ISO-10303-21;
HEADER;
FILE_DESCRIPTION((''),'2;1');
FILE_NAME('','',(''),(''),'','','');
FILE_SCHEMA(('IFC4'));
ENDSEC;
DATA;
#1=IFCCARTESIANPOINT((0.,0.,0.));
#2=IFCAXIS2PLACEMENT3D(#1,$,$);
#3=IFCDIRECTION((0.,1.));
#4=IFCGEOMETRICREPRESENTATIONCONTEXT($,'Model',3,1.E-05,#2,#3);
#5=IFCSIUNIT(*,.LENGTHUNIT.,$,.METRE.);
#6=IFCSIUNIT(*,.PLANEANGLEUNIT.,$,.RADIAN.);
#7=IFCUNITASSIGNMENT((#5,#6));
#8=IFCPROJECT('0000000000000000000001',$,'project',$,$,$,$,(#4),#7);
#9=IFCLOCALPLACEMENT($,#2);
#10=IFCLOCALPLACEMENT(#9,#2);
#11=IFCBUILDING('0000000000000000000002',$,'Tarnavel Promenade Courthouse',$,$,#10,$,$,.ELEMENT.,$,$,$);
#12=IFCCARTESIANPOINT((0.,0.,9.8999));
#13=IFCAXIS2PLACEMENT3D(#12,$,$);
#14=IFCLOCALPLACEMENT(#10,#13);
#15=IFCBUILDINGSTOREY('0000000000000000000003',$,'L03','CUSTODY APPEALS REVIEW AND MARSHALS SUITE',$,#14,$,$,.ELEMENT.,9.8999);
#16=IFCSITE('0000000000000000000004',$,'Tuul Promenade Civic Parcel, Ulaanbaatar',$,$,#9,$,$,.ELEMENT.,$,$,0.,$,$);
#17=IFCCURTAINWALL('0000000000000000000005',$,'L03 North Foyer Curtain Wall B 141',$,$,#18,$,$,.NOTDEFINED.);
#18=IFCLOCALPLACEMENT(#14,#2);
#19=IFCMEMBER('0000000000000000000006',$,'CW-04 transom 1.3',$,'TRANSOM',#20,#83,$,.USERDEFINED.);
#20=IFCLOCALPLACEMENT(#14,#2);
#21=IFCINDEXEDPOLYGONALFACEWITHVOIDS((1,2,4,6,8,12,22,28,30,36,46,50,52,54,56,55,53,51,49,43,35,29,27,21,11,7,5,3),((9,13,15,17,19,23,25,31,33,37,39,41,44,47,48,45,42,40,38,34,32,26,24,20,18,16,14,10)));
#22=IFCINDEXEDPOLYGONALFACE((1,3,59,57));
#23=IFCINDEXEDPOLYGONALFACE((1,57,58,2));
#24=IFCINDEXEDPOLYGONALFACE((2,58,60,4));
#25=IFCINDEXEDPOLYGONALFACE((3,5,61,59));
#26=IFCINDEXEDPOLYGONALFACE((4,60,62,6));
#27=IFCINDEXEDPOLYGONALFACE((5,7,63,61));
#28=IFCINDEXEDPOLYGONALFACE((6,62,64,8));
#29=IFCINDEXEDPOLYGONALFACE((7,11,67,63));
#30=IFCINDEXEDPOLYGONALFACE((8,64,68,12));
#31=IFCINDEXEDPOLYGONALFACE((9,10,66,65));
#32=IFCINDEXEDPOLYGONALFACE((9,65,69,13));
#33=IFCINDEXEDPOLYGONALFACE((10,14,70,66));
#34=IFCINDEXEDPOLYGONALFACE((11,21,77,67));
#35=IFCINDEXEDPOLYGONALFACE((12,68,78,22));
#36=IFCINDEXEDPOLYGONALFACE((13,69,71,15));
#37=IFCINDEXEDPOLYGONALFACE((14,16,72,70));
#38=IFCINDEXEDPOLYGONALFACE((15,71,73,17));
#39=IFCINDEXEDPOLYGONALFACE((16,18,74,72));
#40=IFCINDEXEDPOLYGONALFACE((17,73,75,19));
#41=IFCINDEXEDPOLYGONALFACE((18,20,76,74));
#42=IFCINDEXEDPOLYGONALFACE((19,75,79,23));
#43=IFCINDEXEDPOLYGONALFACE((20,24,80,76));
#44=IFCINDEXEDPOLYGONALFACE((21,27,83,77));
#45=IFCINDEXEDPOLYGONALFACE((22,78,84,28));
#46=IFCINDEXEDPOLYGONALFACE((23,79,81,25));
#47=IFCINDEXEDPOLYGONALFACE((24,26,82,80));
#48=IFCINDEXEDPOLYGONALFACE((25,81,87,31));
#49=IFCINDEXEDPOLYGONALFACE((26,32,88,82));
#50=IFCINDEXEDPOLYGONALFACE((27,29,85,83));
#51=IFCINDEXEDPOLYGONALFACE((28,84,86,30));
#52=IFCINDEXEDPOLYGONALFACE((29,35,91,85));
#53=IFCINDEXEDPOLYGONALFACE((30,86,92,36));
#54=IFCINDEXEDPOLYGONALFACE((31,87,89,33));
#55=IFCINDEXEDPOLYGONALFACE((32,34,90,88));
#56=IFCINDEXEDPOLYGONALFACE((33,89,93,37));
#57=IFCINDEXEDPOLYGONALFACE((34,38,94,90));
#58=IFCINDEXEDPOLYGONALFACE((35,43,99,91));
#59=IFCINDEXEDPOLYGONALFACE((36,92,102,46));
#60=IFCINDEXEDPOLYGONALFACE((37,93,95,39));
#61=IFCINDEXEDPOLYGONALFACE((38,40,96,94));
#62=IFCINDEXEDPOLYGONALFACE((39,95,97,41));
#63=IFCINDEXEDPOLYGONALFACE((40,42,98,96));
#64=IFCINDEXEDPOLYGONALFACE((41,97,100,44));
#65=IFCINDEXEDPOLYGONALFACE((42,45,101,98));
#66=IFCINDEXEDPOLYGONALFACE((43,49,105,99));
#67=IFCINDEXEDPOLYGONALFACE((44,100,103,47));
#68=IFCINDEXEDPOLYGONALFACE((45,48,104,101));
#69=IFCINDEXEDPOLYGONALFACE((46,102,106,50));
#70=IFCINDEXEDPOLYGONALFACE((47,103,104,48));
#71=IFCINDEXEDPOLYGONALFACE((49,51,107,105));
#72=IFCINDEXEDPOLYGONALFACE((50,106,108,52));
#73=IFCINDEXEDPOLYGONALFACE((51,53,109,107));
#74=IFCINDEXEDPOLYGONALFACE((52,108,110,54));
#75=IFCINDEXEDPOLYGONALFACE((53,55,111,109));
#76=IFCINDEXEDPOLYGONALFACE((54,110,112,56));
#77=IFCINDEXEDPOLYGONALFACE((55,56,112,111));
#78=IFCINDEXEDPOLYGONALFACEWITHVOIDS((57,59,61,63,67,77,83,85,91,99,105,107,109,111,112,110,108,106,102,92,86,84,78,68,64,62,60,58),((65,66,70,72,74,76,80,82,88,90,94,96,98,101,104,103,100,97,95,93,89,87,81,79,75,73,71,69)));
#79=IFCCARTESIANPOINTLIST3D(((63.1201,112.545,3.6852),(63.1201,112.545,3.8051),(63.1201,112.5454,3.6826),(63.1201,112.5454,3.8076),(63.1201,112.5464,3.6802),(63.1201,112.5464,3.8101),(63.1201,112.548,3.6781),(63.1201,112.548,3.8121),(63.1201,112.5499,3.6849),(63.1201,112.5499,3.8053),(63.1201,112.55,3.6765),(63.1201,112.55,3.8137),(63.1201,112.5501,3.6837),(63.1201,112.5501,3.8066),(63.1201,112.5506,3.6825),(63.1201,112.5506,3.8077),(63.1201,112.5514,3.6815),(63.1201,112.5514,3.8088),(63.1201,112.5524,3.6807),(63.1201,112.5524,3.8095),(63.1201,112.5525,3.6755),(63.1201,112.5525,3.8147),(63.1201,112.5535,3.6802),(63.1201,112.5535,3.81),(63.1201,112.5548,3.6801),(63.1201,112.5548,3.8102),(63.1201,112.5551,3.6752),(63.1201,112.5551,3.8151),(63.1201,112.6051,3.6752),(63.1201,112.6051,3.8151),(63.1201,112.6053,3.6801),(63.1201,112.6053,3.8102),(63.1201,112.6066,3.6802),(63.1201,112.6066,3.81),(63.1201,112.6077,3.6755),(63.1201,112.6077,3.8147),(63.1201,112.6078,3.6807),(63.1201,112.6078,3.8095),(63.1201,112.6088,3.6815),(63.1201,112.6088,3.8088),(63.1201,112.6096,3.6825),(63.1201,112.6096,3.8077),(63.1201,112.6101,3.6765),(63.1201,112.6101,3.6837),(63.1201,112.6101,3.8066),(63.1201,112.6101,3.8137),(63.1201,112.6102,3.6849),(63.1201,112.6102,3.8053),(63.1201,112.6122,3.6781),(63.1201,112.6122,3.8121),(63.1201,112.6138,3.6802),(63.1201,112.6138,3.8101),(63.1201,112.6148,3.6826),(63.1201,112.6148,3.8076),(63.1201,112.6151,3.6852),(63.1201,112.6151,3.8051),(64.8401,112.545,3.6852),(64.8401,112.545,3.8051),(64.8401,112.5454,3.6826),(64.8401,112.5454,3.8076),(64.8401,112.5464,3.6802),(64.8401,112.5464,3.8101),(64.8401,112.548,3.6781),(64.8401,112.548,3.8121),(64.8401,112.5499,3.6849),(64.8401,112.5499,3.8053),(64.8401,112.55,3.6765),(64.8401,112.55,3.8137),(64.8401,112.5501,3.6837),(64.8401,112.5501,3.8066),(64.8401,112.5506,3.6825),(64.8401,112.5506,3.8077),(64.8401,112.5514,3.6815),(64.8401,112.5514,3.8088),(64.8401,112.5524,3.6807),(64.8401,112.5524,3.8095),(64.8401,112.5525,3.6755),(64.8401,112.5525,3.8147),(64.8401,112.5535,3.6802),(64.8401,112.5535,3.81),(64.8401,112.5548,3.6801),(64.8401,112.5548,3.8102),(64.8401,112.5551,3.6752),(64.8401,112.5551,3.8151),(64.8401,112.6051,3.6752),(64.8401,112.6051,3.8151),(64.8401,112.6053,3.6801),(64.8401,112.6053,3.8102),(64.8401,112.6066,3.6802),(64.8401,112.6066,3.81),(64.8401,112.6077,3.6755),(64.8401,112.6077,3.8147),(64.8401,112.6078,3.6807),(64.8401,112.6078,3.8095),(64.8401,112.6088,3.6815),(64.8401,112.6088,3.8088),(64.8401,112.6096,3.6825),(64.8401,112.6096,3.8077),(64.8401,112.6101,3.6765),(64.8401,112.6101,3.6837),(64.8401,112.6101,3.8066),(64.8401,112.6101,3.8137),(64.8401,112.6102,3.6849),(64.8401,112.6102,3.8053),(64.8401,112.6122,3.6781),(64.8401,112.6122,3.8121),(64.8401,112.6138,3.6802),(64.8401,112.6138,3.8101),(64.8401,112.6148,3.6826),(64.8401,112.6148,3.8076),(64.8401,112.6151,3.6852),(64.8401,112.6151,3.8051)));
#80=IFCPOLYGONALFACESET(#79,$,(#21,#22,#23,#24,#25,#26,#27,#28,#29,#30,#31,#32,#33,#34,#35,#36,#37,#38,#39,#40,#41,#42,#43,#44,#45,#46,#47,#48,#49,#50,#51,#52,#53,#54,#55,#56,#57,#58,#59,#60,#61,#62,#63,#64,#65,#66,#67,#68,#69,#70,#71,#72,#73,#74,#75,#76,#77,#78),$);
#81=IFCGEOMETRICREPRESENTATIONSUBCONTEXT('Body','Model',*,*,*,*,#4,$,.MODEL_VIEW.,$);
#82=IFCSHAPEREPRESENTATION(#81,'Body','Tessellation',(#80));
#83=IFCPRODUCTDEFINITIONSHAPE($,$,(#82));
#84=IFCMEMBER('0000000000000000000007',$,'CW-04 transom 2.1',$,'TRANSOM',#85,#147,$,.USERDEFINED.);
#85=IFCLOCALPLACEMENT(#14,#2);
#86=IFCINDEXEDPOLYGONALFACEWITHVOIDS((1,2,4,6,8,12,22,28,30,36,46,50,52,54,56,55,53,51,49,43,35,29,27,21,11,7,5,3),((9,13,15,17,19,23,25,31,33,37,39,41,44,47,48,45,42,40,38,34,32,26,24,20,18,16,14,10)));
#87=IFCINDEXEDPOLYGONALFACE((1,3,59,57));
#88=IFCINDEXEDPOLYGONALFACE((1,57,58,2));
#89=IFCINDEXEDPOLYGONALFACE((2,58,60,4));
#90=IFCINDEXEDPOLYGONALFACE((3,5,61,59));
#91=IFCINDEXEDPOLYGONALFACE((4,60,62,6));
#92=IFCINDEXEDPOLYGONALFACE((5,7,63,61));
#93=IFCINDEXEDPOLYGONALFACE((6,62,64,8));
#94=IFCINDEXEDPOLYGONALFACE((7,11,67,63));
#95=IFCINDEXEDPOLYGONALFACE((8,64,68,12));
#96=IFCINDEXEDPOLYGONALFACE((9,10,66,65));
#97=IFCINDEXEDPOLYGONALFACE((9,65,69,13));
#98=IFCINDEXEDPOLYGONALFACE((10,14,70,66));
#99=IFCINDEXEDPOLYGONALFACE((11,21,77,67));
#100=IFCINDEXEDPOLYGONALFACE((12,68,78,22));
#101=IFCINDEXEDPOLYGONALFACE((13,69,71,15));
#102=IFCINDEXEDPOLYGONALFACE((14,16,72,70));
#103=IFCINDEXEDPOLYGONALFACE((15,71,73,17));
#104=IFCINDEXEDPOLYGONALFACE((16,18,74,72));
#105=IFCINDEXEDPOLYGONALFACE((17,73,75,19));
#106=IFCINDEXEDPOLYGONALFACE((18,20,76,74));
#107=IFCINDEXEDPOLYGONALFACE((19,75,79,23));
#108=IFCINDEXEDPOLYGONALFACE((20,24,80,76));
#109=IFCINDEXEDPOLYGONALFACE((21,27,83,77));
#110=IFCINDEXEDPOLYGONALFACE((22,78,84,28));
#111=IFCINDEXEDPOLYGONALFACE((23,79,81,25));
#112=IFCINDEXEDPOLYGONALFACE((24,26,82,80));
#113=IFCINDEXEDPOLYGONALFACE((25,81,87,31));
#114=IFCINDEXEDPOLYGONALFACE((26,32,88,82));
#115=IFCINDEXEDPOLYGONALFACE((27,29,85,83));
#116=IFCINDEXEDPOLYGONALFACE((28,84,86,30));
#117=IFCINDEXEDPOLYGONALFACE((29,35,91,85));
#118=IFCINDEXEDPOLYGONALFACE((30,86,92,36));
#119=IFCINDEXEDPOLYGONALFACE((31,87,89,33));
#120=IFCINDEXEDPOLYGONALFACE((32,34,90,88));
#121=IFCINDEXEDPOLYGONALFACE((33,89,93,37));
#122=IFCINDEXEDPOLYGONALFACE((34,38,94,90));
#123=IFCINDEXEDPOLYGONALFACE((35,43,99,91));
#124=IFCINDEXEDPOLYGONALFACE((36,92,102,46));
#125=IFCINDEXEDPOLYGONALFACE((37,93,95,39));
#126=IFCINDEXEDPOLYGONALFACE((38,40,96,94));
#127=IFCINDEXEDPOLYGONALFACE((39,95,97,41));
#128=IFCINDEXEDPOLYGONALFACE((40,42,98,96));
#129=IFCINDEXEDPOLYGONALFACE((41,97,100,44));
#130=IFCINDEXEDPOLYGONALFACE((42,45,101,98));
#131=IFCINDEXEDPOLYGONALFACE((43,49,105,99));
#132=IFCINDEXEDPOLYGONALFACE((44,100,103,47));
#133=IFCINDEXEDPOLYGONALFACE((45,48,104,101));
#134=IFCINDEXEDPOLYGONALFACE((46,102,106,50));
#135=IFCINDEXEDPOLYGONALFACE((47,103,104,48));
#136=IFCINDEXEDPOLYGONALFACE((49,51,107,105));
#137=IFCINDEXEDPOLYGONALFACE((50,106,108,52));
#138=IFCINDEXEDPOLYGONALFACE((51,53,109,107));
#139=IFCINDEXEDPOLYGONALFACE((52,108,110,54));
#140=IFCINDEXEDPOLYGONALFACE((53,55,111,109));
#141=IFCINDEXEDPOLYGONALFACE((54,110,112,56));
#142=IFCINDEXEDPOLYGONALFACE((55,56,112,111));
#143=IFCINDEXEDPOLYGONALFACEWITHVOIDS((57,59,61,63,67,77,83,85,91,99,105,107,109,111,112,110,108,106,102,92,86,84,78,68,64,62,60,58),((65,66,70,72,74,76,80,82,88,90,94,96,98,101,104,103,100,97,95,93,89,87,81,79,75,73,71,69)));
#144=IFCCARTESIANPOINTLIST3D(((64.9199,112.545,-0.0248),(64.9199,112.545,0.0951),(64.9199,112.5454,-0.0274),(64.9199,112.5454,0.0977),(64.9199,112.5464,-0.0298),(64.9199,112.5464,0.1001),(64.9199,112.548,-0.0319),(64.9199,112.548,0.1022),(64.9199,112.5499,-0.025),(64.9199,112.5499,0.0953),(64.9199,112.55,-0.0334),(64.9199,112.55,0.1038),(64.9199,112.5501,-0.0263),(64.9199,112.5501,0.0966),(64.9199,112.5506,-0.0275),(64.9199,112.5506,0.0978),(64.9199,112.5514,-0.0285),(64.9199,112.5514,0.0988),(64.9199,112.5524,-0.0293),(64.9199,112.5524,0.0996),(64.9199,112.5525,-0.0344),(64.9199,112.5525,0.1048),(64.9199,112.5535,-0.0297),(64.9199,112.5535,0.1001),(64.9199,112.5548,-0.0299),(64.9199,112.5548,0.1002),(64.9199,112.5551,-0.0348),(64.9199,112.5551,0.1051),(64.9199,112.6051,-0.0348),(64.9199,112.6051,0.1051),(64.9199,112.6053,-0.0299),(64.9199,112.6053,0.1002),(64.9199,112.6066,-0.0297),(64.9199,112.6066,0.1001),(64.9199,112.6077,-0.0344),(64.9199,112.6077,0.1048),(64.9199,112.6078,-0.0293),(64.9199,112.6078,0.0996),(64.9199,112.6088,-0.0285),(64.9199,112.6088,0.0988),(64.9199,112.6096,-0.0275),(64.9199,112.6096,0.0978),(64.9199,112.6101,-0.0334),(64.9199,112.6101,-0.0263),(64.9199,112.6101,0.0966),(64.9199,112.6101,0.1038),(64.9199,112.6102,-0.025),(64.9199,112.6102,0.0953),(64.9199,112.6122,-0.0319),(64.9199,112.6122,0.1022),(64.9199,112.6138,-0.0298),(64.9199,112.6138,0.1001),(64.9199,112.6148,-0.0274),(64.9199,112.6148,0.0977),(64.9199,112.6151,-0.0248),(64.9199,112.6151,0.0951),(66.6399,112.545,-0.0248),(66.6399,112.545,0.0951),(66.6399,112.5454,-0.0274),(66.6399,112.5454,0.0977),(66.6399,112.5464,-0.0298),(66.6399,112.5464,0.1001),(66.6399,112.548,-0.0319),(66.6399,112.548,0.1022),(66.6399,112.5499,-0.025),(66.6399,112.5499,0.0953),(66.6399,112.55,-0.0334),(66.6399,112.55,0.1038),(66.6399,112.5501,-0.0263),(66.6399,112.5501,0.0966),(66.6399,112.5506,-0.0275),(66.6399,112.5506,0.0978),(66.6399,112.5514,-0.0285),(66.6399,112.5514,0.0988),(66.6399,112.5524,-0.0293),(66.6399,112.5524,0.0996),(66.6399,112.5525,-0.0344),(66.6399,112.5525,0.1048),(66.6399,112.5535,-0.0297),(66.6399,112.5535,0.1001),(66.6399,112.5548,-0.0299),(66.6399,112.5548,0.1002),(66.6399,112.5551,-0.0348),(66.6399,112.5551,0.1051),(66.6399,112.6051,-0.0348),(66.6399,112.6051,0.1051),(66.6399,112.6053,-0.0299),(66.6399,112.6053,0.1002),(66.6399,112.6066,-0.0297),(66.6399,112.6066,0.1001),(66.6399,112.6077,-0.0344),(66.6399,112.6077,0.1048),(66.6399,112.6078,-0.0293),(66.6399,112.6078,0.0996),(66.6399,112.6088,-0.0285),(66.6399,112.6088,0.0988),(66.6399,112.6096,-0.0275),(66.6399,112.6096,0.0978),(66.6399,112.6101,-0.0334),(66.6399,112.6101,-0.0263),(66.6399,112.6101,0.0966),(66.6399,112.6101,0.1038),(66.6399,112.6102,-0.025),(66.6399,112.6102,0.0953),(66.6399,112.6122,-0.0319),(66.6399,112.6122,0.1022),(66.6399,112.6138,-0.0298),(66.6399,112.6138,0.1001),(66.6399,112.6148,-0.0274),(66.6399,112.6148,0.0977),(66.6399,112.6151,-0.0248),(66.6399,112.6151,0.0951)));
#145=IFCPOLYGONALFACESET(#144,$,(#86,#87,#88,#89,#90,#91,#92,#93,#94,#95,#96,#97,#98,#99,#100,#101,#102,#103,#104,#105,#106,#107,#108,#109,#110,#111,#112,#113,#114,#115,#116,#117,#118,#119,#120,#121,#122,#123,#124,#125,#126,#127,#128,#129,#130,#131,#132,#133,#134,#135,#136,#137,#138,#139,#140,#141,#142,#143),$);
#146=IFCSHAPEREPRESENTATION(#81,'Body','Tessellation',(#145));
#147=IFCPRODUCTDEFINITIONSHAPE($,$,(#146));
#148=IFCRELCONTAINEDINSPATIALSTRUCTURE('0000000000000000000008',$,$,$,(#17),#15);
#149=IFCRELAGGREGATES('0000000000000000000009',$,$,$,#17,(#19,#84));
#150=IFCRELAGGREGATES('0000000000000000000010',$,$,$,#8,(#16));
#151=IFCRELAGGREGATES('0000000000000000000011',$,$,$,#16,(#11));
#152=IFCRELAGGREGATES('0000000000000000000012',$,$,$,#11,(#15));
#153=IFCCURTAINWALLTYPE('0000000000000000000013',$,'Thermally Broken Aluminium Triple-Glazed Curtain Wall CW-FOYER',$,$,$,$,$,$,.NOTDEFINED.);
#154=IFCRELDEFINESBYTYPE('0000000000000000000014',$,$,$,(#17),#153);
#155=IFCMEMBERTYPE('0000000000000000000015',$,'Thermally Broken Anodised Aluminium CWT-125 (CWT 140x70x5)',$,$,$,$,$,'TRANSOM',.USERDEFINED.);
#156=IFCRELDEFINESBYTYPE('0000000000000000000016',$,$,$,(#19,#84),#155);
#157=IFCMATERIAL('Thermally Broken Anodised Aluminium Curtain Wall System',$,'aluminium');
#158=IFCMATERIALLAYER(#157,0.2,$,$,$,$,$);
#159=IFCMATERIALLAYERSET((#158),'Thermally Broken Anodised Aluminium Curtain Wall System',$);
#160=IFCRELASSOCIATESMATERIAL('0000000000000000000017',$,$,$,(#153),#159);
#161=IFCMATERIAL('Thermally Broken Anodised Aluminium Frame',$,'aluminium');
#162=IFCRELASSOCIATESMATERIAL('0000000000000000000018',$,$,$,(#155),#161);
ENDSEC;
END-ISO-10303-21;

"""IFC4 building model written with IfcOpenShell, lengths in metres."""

from ifc_helpers import new_model, si_unit, direction, frame, origin, origin_2d, place, context, subcontext, project, spatial, hollow_rectangle, extrude, material, layer, layer_set, material_profile, profile_set, type_object, element, aggregate, save


model = new_model("IFC4")

# Units and contexts
model_context = context("Model", 3, precision=1e-05, world=origin(), true_north=direction((0.0, 1.0)))
body_context = subcontext(model_context, "Body", "Model", "MODEL_VIEW")
ifc_project = project(units=[si_unit("LENGTHUNIT", "METRE"), si_unit("PLANEANGLEUNIT", "RADIAN")], contexts=[model_context])

# Site, building, storey
site_placement = place(None, origin())
site = spatial("IfcSite", under=ifc_project, at=site_placement, Name="Tuul Promenade Civic Parcel, Ulaanbaatar", CompositionType="ELEMENT", RefElevation=0.0)
building_placement = place(site_placement, origin())
building = spatial("IfcBuilding", under=site, at=building_placement, Name="Tarnavel Promenade Courthouse", CompositionType="ELEMENT")
storey_placement = place(building_placement, frame((0.0, 0.0, 9.8999)))
storey = spatial("IfcBuildingStorey", under=building, at=storey_placement, Name="L03", Description="CUSTODY APPEALS REVIEW AND MARSHALS SUITE", CompositionType="ELEMENT", Elevation=9.8999)

# Curtain wall
ifc_material_1 = material(Name="Thermally Broken Anodised Aluminium Curtain Wall System", Category="aluminium")
ifc_layer_1 = layer(ifc_material_1, 0.2)
ifc_layer_set_1 = layer_set([ifc_layer_1], Name="Thermally Broken Anodised Aluminium Curtain Wall System")
curtain_wall_type = type_object("IfcCurtainWallType", Name="Thermally Broken Aluminium Triple-Glazed Curtain Wall CW-FOYER", PredefinedType="NOTDEFINED", material=ifc_layer_set_1)
ifc_material_2 = material(Name="Thermally Broken Anodised Aluminium Frame", Category="aluminium")
curtain_wall_1_placement = place(storey_placement, origin())
curtain_wall_1 = element("IfcCurtainWall", 1, at=curtain_wall_1_placement, inside=storey, type_object=curtain_wall_type, Name="L03 North Foyer Curtain Wall B 141", PredefinedType="NOTDEFINED")

# Members
ifc_material_profile_1 = material_profile(ifc_material_2, hollow_rectangle(XDim=0.0701, YDim=0.1399, WallThickness=0.0049, InnerFilletRadius=0.0049, OuterFilletRadius=0.01, at=origin_2d()), Name="CWT 140x70x5")
ifc_profile_set_1 = profile_set([ifc_material_profile_1], Name="Thermally Broken Anodised Aluminium Frame")
member_type_1 = type_object("IfcMemberType", Name="Thermally Broken Anodised Aluminium CWT-125 (CWT 140x70x5)", ElementType="TRANSOM", PredefinedType="USERDEFINED", material=ifc_profile_set_1)
member_1_placement = place(storey_placement, frame((63.1201, 112.5801, 3.7451), z_axis=(1.0, 0.0, 0.0), x_axis=(0.0, 1.0, 0.0)))
member_1 = element("IfcMember", 2, at=member_1_placement, type_object=member_type_1, Name="CW-04 transom 1.3", ObjectType="TRANSOM", PredefinedType="USERDEFINED", context=body_context, shape_type="SweptSolid", body=[
    extrude(hollow_rectangle(XDim=0.0701, YDim=0.1399, WallThickness=0.0049, InnerFilletRadius=0.0049, OuterFilletRadius=0.01, at=origin_2d()), origin(), (0.0, 0.0, 1.0), 1.72),
])
member_2_placement = place(storey_placement, frame((64.9199, 112.5801, 0.0352), z_axis=(1.0, 0.0, 0.0), x_axis=(0.0, 1.0, 0.0)))
member_2 = element("IfcMember", 3, at=member_2_placement, type_object=member_type_1, Name="CW-04 transom 2.1", ObjectType="TRANSOM", PredefinedType="USERDEFINED", context=body_context, shape_type="SweptSolid", body=[
    extrude(hollow_rectangle(XDim=0.0701, YDim=0.1399, WallThickness=0.0049, InnerFilletRadius=0.0049, OuterFilletRadius=0.01, at=origin_2d()), origin(), (0.0, 0.0, 1.0), 1.72),
])

aggregate(curtain_wall_1, [member_1, member_2])

save(model, "model.ifc")
